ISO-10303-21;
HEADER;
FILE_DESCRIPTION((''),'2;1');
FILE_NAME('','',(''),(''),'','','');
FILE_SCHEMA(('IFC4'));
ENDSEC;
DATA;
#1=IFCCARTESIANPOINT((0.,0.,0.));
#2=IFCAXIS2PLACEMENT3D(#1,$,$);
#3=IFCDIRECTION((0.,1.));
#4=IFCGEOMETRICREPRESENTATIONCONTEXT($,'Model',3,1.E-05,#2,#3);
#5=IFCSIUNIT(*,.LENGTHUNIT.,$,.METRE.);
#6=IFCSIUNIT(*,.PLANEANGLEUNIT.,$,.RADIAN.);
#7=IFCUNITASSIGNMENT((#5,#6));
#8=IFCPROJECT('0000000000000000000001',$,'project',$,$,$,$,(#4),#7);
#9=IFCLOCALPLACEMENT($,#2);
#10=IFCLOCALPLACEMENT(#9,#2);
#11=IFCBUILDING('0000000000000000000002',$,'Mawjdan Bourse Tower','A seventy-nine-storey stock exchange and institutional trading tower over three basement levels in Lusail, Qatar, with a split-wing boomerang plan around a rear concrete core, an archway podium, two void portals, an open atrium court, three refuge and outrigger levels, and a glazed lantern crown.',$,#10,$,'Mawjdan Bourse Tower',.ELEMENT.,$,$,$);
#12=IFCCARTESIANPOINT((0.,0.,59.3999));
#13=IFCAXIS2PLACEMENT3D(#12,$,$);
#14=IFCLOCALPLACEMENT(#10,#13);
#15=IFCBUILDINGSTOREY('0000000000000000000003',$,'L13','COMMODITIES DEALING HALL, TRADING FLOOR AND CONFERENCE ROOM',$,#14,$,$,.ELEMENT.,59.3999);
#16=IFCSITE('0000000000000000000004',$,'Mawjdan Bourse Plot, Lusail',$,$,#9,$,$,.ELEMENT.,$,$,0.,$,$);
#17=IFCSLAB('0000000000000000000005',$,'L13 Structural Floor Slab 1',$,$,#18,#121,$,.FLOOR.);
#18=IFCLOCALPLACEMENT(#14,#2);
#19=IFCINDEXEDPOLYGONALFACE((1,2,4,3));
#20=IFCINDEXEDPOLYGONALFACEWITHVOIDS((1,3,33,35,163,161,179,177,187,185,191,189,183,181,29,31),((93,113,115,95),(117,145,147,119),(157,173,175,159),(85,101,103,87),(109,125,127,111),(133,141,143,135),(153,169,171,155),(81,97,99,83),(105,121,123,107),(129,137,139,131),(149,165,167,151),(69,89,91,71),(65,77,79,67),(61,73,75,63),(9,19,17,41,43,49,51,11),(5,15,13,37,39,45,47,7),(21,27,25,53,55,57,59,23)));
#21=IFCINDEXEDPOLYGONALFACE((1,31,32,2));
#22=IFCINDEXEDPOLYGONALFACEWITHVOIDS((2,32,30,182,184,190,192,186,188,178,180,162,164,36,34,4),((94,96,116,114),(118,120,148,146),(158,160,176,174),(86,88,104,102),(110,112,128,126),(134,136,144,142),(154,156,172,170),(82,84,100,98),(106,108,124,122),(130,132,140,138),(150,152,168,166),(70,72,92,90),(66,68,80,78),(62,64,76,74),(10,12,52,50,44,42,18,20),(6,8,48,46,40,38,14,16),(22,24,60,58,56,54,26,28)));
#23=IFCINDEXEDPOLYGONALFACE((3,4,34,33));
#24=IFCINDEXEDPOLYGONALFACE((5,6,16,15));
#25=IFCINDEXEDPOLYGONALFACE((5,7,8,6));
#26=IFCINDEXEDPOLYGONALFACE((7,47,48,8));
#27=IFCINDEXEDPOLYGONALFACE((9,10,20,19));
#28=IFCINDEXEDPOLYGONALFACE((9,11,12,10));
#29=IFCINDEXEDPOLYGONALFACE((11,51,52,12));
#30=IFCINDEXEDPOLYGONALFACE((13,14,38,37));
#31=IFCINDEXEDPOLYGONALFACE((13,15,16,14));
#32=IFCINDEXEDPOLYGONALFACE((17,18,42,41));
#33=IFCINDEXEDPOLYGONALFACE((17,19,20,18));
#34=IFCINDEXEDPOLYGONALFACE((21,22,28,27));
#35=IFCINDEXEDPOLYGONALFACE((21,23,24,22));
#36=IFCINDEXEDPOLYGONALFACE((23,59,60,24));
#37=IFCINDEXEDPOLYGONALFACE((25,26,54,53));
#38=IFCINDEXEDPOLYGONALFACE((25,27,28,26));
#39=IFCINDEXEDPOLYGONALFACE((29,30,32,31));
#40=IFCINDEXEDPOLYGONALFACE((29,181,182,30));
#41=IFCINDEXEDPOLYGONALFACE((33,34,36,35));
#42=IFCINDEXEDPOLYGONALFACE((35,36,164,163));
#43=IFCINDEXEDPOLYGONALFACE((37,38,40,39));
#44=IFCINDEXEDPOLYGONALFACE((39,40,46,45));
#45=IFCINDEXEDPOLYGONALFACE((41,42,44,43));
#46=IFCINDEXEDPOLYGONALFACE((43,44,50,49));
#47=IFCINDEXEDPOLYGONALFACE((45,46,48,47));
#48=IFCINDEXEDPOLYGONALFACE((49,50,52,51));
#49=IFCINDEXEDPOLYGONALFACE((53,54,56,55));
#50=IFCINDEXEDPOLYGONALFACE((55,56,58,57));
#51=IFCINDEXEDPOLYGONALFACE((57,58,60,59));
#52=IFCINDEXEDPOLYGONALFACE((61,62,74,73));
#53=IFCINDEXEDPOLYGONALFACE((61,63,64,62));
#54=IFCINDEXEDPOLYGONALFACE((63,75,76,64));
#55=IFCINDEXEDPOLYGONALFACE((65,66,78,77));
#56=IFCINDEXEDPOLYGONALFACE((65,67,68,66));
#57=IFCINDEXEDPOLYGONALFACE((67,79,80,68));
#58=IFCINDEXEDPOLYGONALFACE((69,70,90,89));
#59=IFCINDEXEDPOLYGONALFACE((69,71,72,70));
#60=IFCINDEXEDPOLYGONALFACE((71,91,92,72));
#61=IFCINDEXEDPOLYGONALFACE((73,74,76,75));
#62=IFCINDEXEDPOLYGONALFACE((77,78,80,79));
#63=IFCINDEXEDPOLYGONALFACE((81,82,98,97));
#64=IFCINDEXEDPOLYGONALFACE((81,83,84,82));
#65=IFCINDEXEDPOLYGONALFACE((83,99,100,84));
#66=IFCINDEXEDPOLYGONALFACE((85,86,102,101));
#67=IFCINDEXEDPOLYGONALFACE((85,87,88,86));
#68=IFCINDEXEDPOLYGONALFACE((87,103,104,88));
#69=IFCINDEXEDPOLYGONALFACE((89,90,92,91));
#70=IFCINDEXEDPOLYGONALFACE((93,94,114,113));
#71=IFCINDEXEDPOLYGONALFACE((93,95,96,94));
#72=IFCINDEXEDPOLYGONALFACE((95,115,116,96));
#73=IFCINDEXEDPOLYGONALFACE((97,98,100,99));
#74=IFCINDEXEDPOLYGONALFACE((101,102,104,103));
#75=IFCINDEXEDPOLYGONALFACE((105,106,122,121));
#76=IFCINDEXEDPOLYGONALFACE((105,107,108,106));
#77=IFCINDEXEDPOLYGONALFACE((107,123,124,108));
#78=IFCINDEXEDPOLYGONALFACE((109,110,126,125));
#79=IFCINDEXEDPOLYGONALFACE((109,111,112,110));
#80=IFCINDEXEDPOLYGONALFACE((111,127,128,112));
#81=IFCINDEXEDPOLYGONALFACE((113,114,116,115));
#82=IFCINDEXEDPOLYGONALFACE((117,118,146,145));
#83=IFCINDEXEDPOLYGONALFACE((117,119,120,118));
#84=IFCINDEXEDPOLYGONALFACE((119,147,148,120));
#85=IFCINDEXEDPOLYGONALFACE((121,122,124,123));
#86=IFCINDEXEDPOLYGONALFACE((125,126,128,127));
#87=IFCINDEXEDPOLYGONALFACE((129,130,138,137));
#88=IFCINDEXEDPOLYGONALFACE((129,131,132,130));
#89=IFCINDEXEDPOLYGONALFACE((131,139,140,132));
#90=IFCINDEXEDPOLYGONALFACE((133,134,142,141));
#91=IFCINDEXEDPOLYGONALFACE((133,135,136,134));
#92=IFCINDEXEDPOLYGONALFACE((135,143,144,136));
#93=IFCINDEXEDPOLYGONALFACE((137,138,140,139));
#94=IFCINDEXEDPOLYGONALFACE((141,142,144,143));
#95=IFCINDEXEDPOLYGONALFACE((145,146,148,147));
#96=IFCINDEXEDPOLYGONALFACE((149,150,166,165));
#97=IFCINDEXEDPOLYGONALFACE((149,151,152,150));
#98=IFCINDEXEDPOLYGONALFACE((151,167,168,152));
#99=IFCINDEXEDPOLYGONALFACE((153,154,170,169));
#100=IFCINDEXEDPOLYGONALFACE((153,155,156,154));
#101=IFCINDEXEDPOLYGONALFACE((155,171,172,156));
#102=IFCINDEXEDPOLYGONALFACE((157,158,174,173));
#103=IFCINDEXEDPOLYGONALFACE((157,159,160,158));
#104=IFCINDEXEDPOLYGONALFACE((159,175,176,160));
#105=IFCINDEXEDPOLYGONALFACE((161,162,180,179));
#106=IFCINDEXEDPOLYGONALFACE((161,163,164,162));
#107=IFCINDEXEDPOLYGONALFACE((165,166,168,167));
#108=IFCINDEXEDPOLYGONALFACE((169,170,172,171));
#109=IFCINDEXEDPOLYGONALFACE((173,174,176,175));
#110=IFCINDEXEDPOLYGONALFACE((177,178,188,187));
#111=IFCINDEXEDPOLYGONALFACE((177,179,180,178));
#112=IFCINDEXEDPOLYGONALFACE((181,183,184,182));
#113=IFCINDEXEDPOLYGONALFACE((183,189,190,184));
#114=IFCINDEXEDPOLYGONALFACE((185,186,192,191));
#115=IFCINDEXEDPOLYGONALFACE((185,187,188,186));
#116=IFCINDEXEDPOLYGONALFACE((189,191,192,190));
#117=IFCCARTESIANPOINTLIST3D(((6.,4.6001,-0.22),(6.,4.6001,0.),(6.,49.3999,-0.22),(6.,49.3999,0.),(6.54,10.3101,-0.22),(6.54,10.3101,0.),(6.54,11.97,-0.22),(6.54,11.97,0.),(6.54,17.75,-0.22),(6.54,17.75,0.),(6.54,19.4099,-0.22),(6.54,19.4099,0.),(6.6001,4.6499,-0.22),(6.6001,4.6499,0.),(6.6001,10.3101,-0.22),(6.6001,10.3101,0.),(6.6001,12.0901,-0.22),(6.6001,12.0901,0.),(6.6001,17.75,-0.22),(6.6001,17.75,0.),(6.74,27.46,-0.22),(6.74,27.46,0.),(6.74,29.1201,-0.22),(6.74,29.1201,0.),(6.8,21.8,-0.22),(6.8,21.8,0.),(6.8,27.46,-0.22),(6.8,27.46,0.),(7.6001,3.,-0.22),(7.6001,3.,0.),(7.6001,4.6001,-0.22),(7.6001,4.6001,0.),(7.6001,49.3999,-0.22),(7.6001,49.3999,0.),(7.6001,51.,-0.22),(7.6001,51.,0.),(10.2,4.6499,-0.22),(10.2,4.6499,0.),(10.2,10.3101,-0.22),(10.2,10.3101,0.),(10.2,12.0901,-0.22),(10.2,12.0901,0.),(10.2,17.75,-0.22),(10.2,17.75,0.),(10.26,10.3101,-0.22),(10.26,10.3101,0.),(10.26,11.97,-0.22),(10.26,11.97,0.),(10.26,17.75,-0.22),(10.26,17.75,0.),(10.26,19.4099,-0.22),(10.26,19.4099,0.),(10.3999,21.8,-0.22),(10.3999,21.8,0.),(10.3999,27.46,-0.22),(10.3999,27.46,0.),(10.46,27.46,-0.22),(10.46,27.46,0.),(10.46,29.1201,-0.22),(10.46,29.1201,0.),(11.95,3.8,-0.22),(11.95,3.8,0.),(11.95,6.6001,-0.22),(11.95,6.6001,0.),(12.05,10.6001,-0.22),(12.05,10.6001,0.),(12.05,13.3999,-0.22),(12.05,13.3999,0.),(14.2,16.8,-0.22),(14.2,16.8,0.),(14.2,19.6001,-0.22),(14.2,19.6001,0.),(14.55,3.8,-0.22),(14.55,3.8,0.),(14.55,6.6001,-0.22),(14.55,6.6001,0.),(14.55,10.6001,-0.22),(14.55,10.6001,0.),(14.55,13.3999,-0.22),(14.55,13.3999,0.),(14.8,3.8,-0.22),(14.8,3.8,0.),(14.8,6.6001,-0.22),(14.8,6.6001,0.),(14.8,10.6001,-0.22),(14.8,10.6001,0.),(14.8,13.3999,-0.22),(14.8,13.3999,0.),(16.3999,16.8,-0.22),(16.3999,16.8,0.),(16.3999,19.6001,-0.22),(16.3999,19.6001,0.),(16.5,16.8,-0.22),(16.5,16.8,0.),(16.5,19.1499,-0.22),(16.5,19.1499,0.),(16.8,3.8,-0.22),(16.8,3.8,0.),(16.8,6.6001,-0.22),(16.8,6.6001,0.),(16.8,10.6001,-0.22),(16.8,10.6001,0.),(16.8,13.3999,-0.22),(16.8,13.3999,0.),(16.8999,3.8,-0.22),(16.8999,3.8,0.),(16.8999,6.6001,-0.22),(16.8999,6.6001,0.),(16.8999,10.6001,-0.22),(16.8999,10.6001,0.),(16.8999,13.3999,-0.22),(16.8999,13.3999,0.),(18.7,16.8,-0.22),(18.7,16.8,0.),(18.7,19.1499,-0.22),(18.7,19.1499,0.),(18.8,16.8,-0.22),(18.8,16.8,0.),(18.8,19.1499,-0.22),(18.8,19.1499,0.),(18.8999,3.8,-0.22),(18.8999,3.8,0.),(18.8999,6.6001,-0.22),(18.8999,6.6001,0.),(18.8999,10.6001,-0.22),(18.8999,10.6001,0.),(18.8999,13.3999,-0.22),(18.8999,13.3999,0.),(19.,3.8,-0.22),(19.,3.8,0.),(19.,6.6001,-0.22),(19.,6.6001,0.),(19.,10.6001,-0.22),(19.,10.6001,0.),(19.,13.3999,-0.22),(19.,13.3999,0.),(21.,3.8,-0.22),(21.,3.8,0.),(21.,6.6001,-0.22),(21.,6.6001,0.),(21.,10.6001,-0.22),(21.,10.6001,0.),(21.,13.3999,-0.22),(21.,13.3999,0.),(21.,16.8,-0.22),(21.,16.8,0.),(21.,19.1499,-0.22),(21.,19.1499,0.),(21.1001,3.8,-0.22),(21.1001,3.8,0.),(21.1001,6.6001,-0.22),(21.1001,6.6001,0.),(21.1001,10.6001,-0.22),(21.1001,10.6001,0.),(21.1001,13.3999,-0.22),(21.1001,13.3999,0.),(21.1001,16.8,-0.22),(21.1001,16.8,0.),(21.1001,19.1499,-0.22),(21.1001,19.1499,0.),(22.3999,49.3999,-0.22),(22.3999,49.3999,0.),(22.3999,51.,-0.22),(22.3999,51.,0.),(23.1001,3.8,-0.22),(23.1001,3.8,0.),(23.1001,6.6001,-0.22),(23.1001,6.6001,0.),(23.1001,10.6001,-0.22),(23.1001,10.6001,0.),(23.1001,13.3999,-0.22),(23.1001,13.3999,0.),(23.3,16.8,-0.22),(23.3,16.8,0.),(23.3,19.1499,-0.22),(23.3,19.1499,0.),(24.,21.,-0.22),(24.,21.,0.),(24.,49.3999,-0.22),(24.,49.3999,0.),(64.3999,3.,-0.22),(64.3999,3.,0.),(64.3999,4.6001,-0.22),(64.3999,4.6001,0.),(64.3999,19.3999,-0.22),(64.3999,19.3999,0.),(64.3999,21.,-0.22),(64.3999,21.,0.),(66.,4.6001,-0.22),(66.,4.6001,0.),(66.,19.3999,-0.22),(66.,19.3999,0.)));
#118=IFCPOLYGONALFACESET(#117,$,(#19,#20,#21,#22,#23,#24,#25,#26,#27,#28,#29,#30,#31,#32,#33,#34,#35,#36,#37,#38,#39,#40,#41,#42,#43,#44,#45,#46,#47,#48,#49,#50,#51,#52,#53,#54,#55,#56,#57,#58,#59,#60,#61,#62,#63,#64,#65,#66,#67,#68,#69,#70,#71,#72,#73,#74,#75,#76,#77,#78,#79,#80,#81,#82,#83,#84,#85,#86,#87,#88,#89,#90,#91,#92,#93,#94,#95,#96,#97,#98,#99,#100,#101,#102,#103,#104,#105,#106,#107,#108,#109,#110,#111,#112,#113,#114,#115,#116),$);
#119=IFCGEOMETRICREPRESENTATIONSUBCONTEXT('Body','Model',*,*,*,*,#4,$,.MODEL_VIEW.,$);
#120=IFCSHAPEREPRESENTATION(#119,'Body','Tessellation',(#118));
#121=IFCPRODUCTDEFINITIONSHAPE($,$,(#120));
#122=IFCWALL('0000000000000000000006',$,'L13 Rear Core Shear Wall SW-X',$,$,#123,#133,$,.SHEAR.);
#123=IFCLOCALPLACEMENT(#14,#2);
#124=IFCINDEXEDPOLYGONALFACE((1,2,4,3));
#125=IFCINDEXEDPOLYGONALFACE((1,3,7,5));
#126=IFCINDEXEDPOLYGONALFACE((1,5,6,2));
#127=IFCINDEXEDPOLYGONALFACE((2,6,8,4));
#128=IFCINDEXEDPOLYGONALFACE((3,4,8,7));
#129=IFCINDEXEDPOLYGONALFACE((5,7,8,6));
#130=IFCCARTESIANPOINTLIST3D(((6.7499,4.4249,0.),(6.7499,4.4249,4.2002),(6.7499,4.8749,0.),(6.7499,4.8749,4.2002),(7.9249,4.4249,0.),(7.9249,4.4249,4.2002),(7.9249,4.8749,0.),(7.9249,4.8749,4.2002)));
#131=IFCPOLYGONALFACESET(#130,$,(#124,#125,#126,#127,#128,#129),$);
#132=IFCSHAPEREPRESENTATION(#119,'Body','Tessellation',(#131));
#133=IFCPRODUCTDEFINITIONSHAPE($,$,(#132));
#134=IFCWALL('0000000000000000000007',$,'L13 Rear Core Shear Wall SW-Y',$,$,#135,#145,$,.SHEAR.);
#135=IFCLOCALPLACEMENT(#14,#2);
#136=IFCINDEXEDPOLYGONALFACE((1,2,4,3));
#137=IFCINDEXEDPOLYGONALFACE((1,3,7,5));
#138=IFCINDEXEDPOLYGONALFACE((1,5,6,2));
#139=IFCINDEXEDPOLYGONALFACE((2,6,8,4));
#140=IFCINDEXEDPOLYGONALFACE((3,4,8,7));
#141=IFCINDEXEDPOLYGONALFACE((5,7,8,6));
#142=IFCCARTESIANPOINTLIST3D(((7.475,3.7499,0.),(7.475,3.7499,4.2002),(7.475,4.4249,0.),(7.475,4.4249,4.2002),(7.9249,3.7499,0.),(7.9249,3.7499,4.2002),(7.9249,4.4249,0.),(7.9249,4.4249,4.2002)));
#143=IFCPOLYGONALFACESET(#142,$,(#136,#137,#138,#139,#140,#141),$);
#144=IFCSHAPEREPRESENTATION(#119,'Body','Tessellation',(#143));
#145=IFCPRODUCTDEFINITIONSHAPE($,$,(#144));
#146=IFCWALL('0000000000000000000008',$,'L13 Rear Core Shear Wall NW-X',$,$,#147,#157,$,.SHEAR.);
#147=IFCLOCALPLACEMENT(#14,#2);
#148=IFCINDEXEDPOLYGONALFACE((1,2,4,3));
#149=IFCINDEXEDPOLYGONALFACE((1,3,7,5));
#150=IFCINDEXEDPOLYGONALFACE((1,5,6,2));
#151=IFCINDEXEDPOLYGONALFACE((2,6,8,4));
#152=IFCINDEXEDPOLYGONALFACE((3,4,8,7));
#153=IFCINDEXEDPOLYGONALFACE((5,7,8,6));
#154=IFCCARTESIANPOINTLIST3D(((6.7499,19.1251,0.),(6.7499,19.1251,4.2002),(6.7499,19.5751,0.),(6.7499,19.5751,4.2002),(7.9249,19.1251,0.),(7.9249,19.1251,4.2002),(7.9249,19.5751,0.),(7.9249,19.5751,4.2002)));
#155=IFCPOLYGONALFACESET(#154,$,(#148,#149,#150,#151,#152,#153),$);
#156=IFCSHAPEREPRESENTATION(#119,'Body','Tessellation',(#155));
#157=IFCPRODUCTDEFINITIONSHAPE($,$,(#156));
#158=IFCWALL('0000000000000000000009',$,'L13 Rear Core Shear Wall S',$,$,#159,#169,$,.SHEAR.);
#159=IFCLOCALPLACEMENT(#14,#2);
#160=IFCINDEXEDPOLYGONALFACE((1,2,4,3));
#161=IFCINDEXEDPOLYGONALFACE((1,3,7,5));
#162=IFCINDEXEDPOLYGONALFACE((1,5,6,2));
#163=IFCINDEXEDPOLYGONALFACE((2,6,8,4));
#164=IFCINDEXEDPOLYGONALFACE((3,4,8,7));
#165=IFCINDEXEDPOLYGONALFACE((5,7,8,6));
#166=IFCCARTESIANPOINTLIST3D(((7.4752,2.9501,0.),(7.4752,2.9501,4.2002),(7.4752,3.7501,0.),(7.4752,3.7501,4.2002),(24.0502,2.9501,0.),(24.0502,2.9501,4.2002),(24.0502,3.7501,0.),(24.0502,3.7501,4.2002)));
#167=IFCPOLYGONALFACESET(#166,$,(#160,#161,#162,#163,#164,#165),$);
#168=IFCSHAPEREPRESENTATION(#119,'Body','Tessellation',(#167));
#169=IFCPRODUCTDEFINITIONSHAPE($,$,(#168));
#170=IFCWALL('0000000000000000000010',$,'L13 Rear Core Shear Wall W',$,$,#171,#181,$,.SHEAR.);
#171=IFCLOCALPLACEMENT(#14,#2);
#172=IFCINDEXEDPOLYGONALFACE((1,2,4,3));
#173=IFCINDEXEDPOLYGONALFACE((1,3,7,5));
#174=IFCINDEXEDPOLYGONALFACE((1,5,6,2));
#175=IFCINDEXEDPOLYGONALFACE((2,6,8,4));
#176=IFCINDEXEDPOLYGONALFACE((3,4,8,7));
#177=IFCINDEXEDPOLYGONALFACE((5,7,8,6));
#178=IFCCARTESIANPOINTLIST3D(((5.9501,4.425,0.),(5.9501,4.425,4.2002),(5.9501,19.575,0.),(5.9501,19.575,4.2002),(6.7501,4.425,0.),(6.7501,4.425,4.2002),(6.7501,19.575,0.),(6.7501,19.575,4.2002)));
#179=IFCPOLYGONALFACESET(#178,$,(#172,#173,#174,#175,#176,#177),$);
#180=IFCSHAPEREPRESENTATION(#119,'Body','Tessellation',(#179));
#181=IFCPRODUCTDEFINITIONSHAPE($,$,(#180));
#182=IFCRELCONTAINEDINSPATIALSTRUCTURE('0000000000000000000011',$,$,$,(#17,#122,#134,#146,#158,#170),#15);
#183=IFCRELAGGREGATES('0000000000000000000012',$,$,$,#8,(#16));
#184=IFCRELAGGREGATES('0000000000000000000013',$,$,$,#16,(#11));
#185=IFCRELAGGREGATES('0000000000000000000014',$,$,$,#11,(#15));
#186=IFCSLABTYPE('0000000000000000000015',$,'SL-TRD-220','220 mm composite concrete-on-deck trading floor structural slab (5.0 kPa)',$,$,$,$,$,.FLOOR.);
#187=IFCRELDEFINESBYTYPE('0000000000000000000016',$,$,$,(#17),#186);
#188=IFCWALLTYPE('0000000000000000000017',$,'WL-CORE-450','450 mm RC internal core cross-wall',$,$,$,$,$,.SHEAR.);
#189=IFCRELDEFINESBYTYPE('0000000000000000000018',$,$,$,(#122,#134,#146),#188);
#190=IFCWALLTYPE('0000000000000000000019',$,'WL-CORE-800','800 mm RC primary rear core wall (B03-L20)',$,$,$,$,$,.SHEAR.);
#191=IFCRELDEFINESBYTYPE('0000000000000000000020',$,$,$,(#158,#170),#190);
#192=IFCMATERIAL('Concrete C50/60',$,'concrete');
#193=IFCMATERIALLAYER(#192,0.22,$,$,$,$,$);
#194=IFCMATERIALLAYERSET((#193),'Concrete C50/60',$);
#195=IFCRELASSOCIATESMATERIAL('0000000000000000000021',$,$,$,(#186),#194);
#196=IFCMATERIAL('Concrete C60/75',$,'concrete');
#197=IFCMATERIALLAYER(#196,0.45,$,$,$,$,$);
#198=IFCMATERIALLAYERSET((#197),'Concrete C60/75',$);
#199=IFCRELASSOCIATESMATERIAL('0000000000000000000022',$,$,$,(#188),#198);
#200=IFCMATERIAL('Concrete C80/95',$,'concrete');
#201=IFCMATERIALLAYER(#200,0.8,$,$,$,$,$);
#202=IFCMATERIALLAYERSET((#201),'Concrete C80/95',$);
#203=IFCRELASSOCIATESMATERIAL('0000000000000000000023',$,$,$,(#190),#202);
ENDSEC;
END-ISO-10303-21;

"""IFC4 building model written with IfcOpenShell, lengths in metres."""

from ifc_helpers import new_model, si_unit, direction, frame, frame_2d, origin, place, context, subcontext, project, spatial, polyline, rectangle, outline, extrude, material, layer, layer_set, type_object, element, save


model = new_model("IFC4")

# Units and contexts
model_context = context("Model", 3, precision=1e-05, world=origin(), true_north=direction((0.0, 1.0)))
body_context = subcontext(model_context, "Body", "Model", "MODEL_VIEW")
ifc_project = project(units=[si_unit("LENGTHUNIT", "METRE"), si_unit("PLANEANGLEUNIT", "RADIAN")], contexts=[model_context])

# Site, building, storey
site_placement = place(None, origin())
site = spatial("IfcSite", under=ifc_project, at=site_placement, Name="Mawjdan Bourse Plot, Lusail", CompositionType="ELEMENT", RefElevation=0.0)
building_placement = place(site_placement, origin())
building = spatial("IfcBuilding", under=site, at=building_placement, Name="Mawjdan Bourse Tower", Description="A seventy-nine-storey stock exchange and institutional trading tower over three basement levels in Lusail, Qatar, with a split-wing boomerang plan around a rear concrete core, an archway podium, two void portals, an open atrium court, three refuge and outrigger levels, and a glazed lantern crown.", LongName="Mawjdan Bourse Tower", CompositionType="ELEMENT")
storey_placement = place(building_placement, frame((0.0, 0.0, 59.3999)))
storey = spatial("IfcBuildingStorey", under=building, at=storey_placement, Name="L13", Description="COMMODITIES DEALING HALL, TRADING FLOOR AND CONFERENCE ROOM", CompositionType="ELEMENT", Elevation=59.3999)

# Shared definitions
ifc_material_1 = material(Name="Concrete C50/60", Category="concrete")

# Slab
ifc_layer_1 = layer(ifc_material_1, 0.22)
ifc_layer_set_1 = layer_set([ifc_layer_1], Name="Concrete C50/60")
slab_type_1 = type_object("IfcSlabType", Name="SL-TRD-220", Description="220 mm composite concrete-on-deck trading floor structural slab (5.0 kPa)", PredefinedType="FLOOR", material=ifc_layer_set_1)
slab_1_placement = place(storey_placement, frame((0.0, 0.0, -0.22)))
element("IfcSlab", 1, at=slab_1_placement, inside=storey, type_object=slab_type_1, Name="L13 Structural Floor Slab 1", PredefinedType="FLOOR", context=body_context, shape_type="SweptSolid", body=[
    extrude(outline(polyline([(7.6001, 3.0), (64.3999, 3.0), (64.3999, 4.6001), (66.0, 4.6001), (66.0, 19.3999), (64.3999, 19.3999), (64.3999, 21.0), (24.0, 21.0), (24.0, 49.3999), (22.3999, 49.3999), (22.3999, 51.0), (7.6001, 51.0), (7.6001, 49.3999), (6.0, 49.3999), (6.0, 4.6001), (7.6001, 4.6001), (7.6001, 3.0)]), holes=[polyline([(11.95, 3.8), (11.95, 6.6001), (14.55, 6.6001), (14.55, 3.8), (11.95, 3.8)]), polyline([(14.8, 3.8), (14.8, 6.6001), (16.8, 6.6001), (16.8, 3.8), (14.8, 3.8)]), polyline([(10.26, 11.97), (10.26, 10.3101), (10.2, 10.3101), (10.2, 4.6499), (6.6001, 4.6499), (6.6001, 10.3101), (6.54, 10.3101), (6.54, 11.97), (10.26, 11.97)]), polyline([(12.05, 13.3999), (14.55, 13.3999), (14.55, 10.6001), (12.05, 10.6001), (12.05, 13.3999)]), polyline([(6.6001, 17.75), (6.54, 17.75), (6.54, 19.4099), (10.26, 19.4099), (10.26, 17.75), (10.2, 17.75), (10.2, 12.0901), (6.6001, 12.0901), (6.6001, 17.75)]), polyline([(14.2, 16.8), (14.2, 19.6001), (16.3999, 19.6001), (16.3999, 16.8), (14.2, 16.8)]), polyline([(10.46, 27.46), (10.3999, 27.46), (10.3999, 21.8), (6.8, 21.8), (6.8, 27.46), (6.74, 27.46), (6.74, 29.1201), (10.46, 29.1201), (10.46, 27.46)]), polyline([(16.8999, 3.8), (16.8999, 6.6001), (18.8999, 6.6001), (18.8999, 3.8), (16.8999, 3.8)]), polyline([(19.0, 3.8), (19.0, 6.6001), (21.0, 6.6001), (21.0, 3.8), (19.0, 3.8)]), polyline([(21.1001, 3.8), (21.1001, 6.6001), (23.1001, 6.6001), (23.1001, 3.8), (21.1001, 3.8)]), polyline([(14.8, 13.3999), (16.8, 13.3999), (16.8, 10.6001), (14.8, 10.6001), (14.8, 13.3999)]), polyline([(16.8999, 13.3999), (18.8999, 13.3999), (18.8999, 10.6001), (16.8999, 10.6001), (16.8999, 13.3999)]), polyline([(19.0, 10.6001), (19.0, 13.3999), (21.0, 13.3999), (21.0, 10.6001), (19.0, 10.6001)]), polyline([(21.1001, 10.6001), (21.1001, 13.3999), (23.1001, 13.3999), (23.1001, 10.6001), (21.1001, 10.6001)]), polyline([(16.5, 16.8), (16.5, 19.1499), (18.7, 19.1499), (18.7, 16.8), (16.5, 16.8)]), polyline([(18.8, 19.1499), (21.0, 19.1499), (21.0, 16.8), (18.8, 16.8), (18.8, 19.1499)]), polyline([(21.1001, 19.1499), (23.3, 19.1499), (23.3, 16.8), (21.1001, 16.8), (21.1001, 19.1499)])]), origin(), (0.0, 0.0, 1.0), 0.22),
])

# Walls
ifc_material_2 = material(Name="Concrete C60/75", Category="concrete")
ifc_layer_2 = layer(ifc_material_2, 0.45)
ifc_layer_set_2 = layer_set([ifc_layer_2], Name="Concrete C60/75")
wall_type_1 = type_object("IfcWallType", Name="WL-CORE-450", Description="450 mm RC internal core cross-wall", PredefinedType="SHEAR", material=ifc_layer_set_2)
wall_1_placement = place(storey_placement, frame((6.75, 4.6499, 0.0), z_axis=(0.0, 0.0, 1.0), x_axis=(1.0, 0.0, 0.0)))
element("IfcWall", 2, at=wall_1_placement, inside=storey, type_object=wall_type_1, Name="L13 Rear Core Shear Wall SW-X", PredefinedType="SHEAR", context=body_context, shape_type="SweptSolid", body=[
    extrude(rectangle(XDim=1.175, YDim=0.45, at=frame_2d((0.5874, 0.0))), origin(), (0.0, 0.0, 1.0), 4.2002),
])
wall_2_placement = place(storey_placement, frame((7.7, 3.75, 0.0), z_axis=(0.0, 0.0, 1.0), x_axis=(0.0, 1.0, 0.0)))
element("IfcWall", 3, at=wall_2_placement, inside=storey, type_object=wall_type_1, Name="L13 Rear Core Shear Wall SW-Y", PredefinedType="SHEAR", context=body_context, shape_type="SweptSolid", body=[
    extrude(rectangle(XDim=0.675, YDim=0.45, at=frame_2d((0.3374, 0.0))), origin(), (0.0, 0.0, 1.0), 4.2002),
])
wall_3_placement = place(storey_placement, frame((6.75, 19.3501, 0.0), z_axis=(0.0, 0.0, 1.0), x_axis=(1.0, 0.0, 0.0)))
element("IfcWall", 4, at=wall_3_placement, inside=storey, type_object=wall_type_1, Name="L13 Rear Core Shear Wall NW-X", PredefinedType="SHEAR", context=body_context, shape_type="SweptSolid", body=[
    extrude(rectangle(XDim=1.175, YDim=0.45, at=frame_2d((0.5874, 0.0))), origin(), (0.0, 0.0, 1.0), 4.2002),
])
ifc_material_3 = material(Name="Concrete C80/95", Category="concrete")
ifc_layer_3 = layer(ifc_material_3, 0.8)
ifc_layer_set_3 = layer_set([ifc_layer_3], Name="Concrete C80/95")
wall_type_2 = type_object("IfcWallType", Name="WL-CORE-800", Description="800 mm RC primary rear core wall (B03-L20)", PredefinedType="SHEAR", material=ifc_layer_set_3)
wall_4_placement = place(storey_placement, frame((7.4751, 3.3501, 0.0), z_axis=(0.0, 0.0, 1.0), x_axis=(1.0, 0.0, 0.0)))
element("IfcWall", 5, at=wall_4_placement, inside=storey, type_object=wall_type_2, Name="L13 Rear Core Shear Wall S", PredefinedType="SHEAR", context=body_context, shape_type="SweptSolid", body=[
    extrude(rectangle(XDim=16.575, YDim=0.8, at=frame_2d((8.2876, 0.0))), origin(), (0.0, 0.0, 1.0), 4.2002),
])
wall_5_placement = place(storey_placement, frame((6.3501, 4.425, 0.0), z_axis=(0.0, 0.0, 1.0), x_axis=(0.0, 1.0, 0.0)))
element("IfcWall", 6, at=wall_5_placement, inside=storey, type_object=wall_type_2, Name="L13 Rear Core Shear Wall W", PredefinedType="SHEAR", context=body_context, shape_type="SweptSolid", body=[
    extrude(rectangle(XDim=15.1499, YDim=0.8, at=frame_2d((7.575, 0.0))), origin(), (0.0, 0.0, 1.0), 4.2002),
])

save(model, "model.ifc")
